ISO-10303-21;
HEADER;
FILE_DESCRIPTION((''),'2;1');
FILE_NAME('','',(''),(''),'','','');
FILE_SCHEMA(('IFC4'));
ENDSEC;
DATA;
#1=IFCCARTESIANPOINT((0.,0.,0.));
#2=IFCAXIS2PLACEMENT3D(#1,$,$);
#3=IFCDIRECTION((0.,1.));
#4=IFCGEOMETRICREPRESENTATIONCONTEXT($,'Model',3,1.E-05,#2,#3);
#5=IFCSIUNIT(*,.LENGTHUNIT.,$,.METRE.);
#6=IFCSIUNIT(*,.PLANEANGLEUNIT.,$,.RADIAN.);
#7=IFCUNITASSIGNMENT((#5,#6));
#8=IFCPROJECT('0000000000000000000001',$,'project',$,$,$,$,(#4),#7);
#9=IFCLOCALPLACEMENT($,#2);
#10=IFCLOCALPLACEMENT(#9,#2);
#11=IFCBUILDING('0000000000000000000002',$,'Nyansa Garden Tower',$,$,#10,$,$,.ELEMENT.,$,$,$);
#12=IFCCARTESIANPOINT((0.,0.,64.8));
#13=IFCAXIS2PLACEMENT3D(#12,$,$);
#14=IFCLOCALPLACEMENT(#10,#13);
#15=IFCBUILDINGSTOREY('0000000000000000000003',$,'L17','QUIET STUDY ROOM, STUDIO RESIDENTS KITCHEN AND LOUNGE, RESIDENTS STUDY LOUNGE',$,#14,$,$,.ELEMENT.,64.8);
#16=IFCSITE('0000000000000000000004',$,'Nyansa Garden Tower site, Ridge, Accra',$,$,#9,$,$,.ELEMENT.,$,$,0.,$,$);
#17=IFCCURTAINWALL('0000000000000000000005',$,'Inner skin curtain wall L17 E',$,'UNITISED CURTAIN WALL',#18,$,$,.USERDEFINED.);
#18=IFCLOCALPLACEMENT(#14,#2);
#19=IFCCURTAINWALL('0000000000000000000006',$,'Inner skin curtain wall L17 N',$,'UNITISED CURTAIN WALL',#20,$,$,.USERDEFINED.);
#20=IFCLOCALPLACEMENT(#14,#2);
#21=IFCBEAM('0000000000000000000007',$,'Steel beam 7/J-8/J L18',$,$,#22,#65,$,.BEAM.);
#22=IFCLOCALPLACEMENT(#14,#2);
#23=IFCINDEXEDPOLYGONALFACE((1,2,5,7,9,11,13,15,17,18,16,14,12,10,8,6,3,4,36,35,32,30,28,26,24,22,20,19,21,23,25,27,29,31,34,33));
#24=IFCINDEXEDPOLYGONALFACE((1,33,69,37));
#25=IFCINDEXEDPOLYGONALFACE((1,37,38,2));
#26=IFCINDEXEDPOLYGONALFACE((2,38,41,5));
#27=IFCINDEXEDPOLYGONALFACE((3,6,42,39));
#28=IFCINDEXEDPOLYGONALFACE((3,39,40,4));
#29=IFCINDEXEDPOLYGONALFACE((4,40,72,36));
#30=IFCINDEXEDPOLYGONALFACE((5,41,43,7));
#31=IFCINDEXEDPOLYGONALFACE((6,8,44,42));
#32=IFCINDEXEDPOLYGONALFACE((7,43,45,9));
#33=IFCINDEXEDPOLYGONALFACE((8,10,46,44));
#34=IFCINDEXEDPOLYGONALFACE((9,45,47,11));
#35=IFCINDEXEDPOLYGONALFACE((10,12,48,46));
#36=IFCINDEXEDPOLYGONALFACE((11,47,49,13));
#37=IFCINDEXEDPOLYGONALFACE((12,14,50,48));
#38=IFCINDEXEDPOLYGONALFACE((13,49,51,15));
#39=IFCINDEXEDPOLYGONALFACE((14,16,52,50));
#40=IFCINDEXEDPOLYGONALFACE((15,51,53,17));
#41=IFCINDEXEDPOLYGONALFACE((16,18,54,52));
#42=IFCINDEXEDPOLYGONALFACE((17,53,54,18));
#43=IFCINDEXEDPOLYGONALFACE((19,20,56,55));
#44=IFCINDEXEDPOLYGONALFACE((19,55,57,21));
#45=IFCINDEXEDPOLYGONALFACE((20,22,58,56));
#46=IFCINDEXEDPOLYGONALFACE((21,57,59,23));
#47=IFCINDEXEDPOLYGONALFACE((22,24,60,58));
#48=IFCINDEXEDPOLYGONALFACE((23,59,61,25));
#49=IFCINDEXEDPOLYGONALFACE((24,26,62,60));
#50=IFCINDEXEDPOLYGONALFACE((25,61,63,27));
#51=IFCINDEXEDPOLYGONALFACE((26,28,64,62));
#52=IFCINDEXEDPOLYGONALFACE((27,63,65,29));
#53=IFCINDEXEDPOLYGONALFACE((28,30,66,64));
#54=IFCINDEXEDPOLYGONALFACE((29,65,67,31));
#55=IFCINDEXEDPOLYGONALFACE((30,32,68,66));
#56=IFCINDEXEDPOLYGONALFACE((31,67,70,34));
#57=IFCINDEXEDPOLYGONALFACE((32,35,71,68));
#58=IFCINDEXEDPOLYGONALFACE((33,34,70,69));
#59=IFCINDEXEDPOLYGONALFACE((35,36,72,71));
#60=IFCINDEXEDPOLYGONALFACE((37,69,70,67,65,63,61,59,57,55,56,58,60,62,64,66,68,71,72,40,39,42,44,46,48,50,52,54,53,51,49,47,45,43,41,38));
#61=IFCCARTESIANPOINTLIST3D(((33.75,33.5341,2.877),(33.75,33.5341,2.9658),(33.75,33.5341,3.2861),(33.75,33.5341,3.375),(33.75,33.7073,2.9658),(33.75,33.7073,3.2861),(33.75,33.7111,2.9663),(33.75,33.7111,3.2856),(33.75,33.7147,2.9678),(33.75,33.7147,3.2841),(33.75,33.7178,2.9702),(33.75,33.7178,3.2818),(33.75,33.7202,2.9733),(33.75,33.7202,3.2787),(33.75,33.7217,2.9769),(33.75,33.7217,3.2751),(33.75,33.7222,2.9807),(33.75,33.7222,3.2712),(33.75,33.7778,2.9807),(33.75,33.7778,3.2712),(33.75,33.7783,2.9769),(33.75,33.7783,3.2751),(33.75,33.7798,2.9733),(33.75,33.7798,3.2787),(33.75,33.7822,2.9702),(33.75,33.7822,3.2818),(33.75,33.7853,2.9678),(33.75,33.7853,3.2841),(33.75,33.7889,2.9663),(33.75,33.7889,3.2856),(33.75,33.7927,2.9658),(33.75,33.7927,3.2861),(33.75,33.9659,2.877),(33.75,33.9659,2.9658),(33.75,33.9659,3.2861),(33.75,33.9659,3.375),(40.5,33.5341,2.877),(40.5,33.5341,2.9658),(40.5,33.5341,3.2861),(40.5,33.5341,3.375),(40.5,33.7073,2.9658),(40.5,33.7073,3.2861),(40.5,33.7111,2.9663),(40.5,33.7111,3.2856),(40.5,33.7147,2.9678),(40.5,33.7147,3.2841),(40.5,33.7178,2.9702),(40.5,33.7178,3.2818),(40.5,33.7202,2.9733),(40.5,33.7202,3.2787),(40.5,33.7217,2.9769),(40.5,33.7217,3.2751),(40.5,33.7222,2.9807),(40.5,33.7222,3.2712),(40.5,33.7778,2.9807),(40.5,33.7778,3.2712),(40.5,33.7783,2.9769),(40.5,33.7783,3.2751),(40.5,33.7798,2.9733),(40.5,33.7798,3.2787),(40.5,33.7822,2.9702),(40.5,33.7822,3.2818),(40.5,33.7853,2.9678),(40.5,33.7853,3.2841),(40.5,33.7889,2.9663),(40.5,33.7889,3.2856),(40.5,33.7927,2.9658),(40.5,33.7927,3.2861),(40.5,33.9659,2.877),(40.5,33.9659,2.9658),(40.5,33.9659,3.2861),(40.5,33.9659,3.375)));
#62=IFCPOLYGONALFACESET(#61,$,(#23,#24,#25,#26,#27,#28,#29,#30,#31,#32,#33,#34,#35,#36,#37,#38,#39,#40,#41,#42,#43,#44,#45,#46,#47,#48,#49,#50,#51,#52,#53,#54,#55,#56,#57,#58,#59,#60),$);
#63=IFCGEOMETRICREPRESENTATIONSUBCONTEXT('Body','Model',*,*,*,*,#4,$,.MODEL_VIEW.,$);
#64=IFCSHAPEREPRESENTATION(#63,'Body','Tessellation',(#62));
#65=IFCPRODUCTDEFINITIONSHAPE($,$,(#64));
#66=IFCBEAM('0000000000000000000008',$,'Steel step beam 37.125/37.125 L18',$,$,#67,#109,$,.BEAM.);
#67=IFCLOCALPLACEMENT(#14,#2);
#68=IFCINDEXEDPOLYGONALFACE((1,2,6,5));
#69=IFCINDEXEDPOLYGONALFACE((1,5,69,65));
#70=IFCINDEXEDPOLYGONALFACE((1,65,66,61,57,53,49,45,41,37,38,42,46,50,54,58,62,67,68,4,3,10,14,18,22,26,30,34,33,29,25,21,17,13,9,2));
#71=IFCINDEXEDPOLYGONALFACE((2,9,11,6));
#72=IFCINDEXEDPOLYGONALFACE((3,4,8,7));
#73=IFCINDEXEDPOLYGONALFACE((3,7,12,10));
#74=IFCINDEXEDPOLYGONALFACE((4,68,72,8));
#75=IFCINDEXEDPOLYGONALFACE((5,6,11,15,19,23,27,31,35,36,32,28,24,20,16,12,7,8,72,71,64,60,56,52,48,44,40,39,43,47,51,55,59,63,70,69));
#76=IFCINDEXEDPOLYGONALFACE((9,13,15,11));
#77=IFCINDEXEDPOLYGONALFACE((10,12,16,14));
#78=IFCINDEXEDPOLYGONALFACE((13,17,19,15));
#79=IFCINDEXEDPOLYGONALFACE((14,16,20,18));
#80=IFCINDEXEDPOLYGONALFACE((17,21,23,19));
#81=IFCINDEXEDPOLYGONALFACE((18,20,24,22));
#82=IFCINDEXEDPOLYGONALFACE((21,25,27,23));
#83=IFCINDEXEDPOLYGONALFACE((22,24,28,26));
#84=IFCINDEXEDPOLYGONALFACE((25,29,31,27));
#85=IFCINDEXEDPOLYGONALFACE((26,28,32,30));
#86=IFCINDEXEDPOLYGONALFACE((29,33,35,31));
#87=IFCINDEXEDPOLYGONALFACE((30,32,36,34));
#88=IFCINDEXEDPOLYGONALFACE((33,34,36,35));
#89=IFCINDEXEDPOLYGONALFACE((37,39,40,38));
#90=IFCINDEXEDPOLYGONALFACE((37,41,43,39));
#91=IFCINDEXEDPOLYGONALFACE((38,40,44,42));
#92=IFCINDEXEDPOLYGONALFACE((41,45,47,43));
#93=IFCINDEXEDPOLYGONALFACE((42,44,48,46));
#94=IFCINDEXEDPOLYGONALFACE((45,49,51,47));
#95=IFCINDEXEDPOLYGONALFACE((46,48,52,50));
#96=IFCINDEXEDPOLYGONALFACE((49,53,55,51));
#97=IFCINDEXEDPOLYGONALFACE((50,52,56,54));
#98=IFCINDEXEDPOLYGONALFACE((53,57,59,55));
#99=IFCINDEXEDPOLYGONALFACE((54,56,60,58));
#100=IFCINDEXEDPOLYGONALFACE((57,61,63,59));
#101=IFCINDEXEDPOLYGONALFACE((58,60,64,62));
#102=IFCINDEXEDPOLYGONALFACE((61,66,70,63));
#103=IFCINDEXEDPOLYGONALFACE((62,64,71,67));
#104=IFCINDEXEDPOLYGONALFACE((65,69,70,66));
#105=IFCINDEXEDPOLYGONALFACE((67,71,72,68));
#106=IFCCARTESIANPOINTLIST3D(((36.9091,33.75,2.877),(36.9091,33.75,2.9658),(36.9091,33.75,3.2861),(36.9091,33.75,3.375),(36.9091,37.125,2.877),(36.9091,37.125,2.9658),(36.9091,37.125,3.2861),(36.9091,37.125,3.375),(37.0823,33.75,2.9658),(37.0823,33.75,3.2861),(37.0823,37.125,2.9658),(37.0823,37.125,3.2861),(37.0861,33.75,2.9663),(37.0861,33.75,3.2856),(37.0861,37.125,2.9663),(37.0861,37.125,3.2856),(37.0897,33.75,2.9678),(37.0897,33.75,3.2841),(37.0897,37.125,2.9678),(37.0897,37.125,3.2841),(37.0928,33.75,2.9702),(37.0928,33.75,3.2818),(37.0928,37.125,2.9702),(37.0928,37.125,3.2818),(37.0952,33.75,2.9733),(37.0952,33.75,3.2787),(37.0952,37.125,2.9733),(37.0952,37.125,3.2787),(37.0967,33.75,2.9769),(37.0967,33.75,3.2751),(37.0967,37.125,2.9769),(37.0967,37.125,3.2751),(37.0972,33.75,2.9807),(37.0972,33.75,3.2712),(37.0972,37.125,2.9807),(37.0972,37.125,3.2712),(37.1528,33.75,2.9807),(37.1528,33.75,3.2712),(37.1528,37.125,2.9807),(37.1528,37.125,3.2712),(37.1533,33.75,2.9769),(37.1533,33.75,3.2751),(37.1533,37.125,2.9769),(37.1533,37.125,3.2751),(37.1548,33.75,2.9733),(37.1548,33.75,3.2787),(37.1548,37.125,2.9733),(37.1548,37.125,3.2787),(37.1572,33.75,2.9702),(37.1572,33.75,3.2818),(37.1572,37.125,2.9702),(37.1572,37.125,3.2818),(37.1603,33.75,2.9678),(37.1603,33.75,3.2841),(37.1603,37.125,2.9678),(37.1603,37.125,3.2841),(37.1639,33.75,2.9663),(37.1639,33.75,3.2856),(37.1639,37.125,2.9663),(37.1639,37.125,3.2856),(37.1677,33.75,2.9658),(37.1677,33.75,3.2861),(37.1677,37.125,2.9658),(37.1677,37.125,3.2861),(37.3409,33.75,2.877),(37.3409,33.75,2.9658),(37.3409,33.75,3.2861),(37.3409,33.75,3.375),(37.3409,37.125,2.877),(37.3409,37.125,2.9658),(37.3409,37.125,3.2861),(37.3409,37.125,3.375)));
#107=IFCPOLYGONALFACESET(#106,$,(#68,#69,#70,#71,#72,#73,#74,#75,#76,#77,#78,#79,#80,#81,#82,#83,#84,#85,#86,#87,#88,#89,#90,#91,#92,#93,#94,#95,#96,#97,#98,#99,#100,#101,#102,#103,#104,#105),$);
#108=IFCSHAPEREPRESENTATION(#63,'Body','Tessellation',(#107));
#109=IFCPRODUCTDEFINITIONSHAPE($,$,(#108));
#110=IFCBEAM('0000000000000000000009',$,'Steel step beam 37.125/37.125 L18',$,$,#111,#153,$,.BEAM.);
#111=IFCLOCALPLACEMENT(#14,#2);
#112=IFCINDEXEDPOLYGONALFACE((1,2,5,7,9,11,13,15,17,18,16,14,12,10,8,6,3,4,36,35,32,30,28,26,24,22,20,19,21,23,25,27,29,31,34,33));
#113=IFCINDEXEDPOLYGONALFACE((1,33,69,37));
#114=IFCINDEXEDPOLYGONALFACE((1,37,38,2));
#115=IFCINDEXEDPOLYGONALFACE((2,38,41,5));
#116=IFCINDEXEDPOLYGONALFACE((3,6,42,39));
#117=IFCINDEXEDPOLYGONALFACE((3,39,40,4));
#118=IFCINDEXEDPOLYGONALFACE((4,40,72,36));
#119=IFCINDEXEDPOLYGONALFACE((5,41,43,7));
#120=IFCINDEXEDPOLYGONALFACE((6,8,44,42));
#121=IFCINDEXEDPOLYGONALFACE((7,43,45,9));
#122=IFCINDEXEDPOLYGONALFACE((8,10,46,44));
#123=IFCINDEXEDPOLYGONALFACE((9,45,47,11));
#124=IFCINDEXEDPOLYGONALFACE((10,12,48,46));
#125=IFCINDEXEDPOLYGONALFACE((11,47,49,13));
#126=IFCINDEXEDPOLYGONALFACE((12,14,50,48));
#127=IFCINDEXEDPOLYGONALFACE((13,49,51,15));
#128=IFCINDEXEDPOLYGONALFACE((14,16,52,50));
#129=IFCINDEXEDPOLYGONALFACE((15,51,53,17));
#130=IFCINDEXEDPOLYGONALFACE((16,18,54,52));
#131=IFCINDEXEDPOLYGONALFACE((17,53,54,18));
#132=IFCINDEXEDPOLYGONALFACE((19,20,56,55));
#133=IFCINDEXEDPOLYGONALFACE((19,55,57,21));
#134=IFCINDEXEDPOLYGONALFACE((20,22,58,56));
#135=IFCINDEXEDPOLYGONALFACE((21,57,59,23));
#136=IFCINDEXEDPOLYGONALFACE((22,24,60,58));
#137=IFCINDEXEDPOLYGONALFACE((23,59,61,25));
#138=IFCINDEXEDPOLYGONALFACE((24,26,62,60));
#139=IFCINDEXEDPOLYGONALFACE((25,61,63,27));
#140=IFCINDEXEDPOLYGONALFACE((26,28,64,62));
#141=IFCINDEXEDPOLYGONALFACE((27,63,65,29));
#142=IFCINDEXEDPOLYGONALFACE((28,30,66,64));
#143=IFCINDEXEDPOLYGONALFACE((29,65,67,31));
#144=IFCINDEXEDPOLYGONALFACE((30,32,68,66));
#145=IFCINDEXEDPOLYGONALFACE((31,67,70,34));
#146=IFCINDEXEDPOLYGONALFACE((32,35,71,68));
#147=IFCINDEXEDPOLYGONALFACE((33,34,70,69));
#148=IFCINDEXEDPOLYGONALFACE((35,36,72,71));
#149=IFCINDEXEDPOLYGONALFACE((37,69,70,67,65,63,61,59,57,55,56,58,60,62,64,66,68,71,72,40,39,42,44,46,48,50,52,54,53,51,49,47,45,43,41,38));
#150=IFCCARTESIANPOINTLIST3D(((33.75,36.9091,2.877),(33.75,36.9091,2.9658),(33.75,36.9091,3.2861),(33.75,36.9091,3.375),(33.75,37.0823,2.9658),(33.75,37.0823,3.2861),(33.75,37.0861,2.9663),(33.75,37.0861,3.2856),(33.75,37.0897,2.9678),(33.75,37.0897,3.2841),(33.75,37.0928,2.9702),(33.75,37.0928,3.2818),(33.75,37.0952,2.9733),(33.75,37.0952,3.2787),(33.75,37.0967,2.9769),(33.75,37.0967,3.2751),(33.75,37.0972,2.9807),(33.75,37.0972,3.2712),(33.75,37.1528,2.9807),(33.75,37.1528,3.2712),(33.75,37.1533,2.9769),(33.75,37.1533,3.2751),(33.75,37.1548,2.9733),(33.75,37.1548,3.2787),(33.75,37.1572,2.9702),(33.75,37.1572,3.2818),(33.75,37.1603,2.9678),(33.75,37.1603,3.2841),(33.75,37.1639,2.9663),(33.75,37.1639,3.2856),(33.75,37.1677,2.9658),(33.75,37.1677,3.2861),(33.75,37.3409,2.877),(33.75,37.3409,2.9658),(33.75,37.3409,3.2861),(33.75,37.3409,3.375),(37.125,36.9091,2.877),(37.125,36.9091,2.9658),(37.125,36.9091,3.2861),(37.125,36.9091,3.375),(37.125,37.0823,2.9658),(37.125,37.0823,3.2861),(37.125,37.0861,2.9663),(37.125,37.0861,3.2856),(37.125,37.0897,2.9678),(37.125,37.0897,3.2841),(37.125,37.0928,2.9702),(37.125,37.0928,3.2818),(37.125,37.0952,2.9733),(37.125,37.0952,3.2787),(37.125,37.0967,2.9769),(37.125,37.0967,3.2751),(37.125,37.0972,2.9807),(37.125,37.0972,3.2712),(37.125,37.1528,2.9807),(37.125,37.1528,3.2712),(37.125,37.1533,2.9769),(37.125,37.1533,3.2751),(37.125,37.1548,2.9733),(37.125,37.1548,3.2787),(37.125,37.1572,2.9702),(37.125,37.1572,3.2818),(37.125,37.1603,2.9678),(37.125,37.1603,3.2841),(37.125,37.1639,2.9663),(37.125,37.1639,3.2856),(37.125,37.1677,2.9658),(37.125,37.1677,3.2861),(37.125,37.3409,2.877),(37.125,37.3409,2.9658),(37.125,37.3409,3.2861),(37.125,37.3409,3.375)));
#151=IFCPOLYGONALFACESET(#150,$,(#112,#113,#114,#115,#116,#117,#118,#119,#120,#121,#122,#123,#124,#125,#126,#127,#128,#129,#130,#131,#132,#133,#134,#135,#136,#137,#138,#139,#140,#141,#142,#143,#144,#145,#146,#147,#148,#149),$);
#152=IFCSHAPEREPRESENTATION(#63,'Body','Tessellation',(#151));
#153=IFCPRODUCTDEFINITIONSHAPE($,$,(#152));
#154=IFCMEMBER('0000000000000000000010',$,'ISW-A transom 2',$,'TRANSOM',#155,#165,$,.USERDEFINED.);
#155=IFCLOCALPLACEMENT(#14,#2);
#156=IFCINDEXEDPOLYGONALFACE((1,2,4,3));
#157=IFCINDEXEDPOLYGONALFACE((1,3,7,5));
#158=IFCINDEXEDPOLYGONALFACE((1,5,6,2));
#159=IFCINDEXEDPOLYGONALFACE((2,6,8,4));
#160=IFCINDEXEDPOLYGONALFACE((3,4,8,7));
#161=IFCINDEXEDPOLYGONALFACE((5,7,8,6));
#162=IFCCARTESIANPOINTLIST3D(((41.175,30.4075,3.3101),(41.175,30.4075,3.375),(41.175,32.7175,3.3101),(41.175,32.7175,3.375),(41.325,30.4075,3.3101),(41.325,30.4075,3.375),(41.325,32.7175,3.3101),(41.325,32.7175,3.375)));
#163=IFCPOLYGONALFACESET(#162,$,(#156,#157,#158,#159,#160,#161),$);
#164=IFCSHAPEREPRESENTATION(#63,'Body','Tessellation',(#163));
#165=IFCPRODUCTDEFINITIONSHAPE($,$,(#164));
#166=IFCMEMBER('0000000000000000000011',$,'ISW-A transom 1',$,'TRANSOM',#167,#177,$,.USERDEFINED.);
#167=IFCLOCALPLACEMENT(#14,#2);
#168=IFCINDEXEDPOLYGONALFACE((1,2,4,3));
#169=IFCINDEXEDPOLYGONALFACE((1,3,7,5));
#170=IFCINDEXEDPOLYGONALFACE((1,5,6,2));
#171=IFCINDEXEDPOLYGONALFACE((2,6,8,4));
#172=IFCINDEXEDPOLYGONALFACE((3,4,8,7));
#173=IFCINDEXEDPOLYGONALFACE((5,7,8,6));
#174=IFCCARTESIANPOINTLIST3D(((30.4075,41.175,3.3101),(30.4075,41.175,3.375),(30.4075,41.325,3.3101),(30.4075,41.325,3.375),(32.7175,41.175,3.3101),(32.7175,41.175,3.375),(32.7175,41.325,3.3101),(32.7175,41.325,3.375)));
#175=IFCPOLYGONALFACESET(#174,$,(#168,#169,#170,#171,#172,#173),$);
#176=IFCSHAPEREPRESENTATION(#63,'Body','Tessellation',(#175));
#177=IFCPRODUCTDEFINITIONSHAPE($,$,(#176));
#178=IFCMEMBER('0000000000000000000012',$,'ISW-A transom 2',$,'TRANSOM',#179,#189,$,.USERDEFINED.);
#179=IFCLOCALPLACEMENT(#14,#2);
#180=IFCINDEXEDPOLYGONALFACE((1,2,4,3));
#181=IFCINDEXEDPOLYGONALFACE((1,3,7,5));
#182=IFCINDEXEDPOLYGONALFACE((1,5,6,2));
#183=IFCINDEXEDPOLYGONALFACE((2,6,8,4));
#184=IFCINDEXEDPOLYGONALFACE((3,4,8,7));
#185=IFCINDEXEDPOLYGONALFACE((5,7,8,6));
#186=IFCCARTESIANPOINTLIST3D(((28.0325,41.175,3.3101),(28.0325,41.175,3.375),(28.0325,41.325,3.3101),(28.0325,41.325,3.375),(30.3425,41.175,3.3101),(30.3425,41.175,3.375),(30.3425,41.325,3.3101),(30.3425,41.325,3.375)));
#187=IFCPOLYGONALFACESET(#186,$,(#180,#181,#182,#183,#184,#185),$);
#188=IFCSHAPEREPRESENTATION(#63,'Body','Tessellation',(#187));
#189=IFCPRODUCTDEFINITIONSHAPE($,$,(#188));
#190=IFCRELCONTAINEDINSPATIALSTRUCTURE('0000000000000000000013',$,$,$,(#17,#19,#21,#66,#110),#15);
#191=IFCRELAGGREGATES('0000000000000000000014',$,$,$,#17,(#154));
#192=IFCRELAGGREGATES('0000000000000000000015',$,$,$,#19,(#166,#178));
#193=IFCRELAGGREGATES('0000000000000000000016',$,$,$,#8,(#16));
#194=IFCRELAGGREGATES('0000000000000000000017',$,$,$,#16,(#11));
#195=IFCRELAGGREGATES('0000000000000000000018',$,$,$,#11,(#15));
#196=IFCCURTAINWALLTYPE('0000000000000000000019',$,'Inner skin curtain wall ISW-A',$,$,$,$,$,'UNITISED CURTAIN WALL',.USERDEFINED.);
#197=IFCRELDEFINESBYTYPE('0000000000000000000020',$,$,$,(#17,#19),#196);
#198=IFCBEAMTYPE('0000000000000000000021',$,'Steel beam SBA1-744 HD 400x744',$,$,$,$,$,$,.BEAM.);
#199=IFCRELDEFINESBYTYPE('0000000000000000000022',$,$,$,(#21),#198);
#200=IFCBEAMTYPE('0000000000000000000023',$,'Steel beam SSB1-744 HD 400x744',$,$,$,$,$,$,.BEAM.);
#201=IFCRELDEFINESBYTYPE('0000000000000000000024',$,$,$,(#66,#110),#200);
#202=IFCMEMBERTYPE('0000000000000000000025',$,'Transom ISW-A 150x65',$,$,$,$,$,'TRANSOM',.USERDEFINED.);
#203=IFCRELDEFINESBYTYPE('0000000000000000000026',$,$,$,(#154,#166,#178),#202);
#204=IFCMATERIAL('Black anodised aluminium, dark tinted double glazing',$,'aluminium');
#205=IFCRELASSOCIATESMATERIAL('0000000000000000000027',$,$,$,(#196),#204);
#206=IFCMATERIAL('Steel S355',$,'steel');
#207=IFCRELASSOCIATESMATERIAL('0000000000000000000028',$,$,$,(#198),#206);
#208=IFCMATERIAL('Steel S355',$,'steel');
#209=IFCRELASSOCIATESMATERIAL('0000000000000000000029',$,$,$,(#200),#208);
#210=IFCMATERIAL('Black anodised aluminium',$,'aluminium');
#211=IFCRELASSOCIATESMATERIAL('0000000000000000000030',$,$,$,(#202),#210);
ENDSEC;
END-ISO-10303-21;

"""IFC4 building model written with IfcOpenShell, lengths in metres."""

from ifc_helpers import new_model, si_unit, direction, frame, origin, origin_2d, place, context, subcontext, project, spatial, rectangle, i_section, extrude, material, material_profile, profile_set, type_object, element, aggregate, save


model = new_model("IFC4")

# Units and contexts
model_context = context("Model", 3, precision=1e-05, world=origin(), true_north=direction((0.0, 1.0)))
body_context = subcontext(model_context, "Body", "Model", "MODEL_VIEW")
ifc_project = project(units=[si_unit("LENGTHUNIT", "METRE"), si_unit("PLANEANGLEUNIT", "RADIAN")], contexts=[model_context])

# Site, building, storey
site_placement = place(None, origin())
site = spatial("IfcSite", under=ifc_project, at=site_placement, Name="Nyansa Garden Tower site, Ridge, Accra", CompositionType="ELEMENT", RefElevation=0.0)
building_placement = place(site_placement, origin())
building = spatial("IfcBuilding", under=site, at=building_placement, Name="Nyansa Garden Tower", CompositionType="ELEMENT")
storey_placement = place(building_placement, frame((0.0, 0.0, 64.8)))
storey = spatial("IfcBuildingStorey", under=building, at=storey_placement, Name="L17", Description="QUIET STUDY ROOM, STUDIO RESIDENTS KITCHEN AND LOUNGE, RESIDENTS STUDY LOUNGE", CompositionType="ELEMENT", Elevation=64.8)

# Curtain walls
ifc_material_1 = material(Name="Black anodised aluminium, dark tinted double glazing", Category="aluminium")
curtain_wall_type = type_object("IfcCurtainWallType", Name="Inner skin curtain wall ISW-A", ElementType="UNITISED CURTAIN WALL", PredefinedType="USERDEFINED", material=ifc_material_1)
curtain_wall_1_placement = place(storey_placement, origin())
curtain_wall_1 = element("IfcCurtainWall", 1, at=curtain_wall_1_placement, inside=storey, type_object=curtain_wall_type, Name="Inner skin curtain wall L17 E", ObjectType="UNITISED CURTAIN WALL", PredefinedType="USERDEFINED")
curtain_wall_2_placement = place(storey_placement, origin())
curtain_wall_2 = element("IfcCurtainWall", 2, at=curtain_wall_2_placement, inside=storey, type_object=curtain_wall_type, Name="Inner skin curtain wall L17 N", ObjectType="UNITISED CURTAIN WALL", PredefinedType="USERDEFINED")

# Beams
ifc_material_2 = material(Name="Steel S355", Category="steel")
ifc_material_profile_1 = material_profile(ifc_material_2, i_section(OverallWidth=0.4319, OverallDepth=0.498, WebThickness=0.0557, FlangeThickness=0.0889, FilletRadius=0.0149, at=origin_2d()), Name="HD 400x744")
ifc_profile_set_1 = profile_set([ifc_material_profile_1], Name="Steel S355")
beam_type_1 = type_object("IfcBeamType", Name="Steel beam SBA1-744 HD 400x744", PredefinedType="BEAM", material=ifc_profile_set_1)
for number, where, z_axis, x_axis, name in (
    (3, (33.75, 33.75, 3.126), (1.0, 0.0, 0.0), (0.0, 1.0, 0.0), "Steel beam 7/J-8/J L18"),
):
    element("IfcBeam", number, at=place(storey_placement, frame(where, z_axis=z_axis, x_axis=x_axis)), inside=storey, type_object=beam_type_1, Name=name, PredefinedType="BEAM", context=body_context, shape_type="SweptSolid", body=[
        extrude(i_section(OverallWidth=0.4319, OverallDepth=0.498, WebThickness=0.0557, FlangeThickness=0.0889, FilletRadius=0.0149, at=origin_2d()), origin(), (0.0, 0.0, 1.0), 6.75),
    ])
ifc_material_3 = material(Name="Steel S355", Category="steel")
ifc_material_profile_2 = material_profile(ifc_material_3, i_section(OverallWidth=0.4319, OverallDepth=0.498, WebThickness=0.0557, FlangeThickness=0.0889, FilletRadius=0.0149, at=origin_2d()), Name="HD 400x744")
ifc_profile_set_2 = profile_set([ifc_material_profile_2], Name="Steel S355")
beam_type_2 = type_object("IfcBeamType", Name="Steel beam SSB1-744 HD 400x744", PredefinedType="BEAM", material=ifc_profile_set_2)
for number, where, z_axis, x_axis, name in (
    (4, (37.125, 37.125, 3.126), (0.0, -1.0, 0.0), (1.0, 0.0, 0.0), "Steel step beam 37.125/37.125 L18"),
    (5, (37.125, 37.125, 3.126), (-1.0, 0.0, 0.0), (0.0, -1.0, 0.0), "Steel step beam 37.125/37.125 L18"),
):
    element("IfcBeam", number, at=place(storey_placement, frame(where, z_axis=z_axis, x_axis=x_axis)), inside=storey, type_object=beam_type_2, Name=name, PredefinedType="BEAM", context=body_context, shape_type="SweptSolid", body=[
        extrude(i_section(OverallWidth=0.4319, OverallDepth=0.498, WebThickness=0.0557, FlangeThickness=0.0889, FilletRadius=0.0149, at=origin_2d()), origin(), (0.0, 0.0, 1.0), 3.375),
    ])

# Members
ifc_material_4 = material(Name="Black anodised aluminium", Category="aluminium")
ifc_material_profile_3 = material_profile(ifc_material_4, rectangle(XDim=0.1499, YDim=0.0649, at=origin_2d()), Name="Transom 150x65")
ifc_profile_set_3 = profile_set([ifc_material_profile_3], Name="Black anodised aluminium")
member_type_1 = type_object("IfcMemberType", Name="Transom ISW-A 150x65", ElementType="TRANSOM", PredefinedType="USERDEFINED", material=ifc_profile_set_3)
member_1_placement = place(storey_placement, frame((41.25, 30.4075, 3.3425), z_axis=(0.0, 1.0, 0.0), x_axis=(-1.0, 0.0, 0.0)))
member_1 = element("IfcMember", 6, at=member_1_placement, type_object=member_type_1, Name="ISW-A transom 2", ObjectType="TRANSOM", PredefinedType="USERDEFINED", context=body_context, shape_type="SweptSolid", body=[
    extrude(rectangle(XDim=0.1499, YDim=0.0649, at=origin_2d()), origin(), (0.0, 0.0, 1.0), 2.3101),
])
member_2_placement = place(storey_placement, frame((32.7175, 41.25, 3.3425), z_axis=(-1.0, 0.0, 0.0), x_axis=(0.0, -1.0, 0.0)))
member_2 = element("IfcMember", 7, at=member_2_placement, type_object=member_type_1, Name="ISW-A transom 1", ObjectType="TRANSOM", PredefinedType="USERDEFINED", context=body_context, shape_type="SweptSolid", body=[
    extrude(rectangle(XDim=0.1499, YDim=0.0649, at=origin_2d()), origin(), (0.0, 0.0, 1.0), 2.3101),
])
member_3_placement = place(storey_placement, frame((30.3425, 41.25, 3.3425), z_axis=(-1.0, 0.0, 0.0), x_axis=(0.0, -1.0, 0.0)))
member_3 = element("IfcMember", 8, at=member_3_placement, type_object=member_type_1, Name="ISW-A transom 2", ObjectType="TRANSOM", PredefinedType="USERDEFINED", context=body_context, shape_type="SweptSolid", body=[
    extrude(rectangle(XDim=0.1499, YDim=0.0649, at=origin_2d()), origin(), (0.0, 0.0, 1.0), 2.3101),
])

aggregate(curtain_wall_1, [member_1])
aggregate(curtain_wall_2, [member_2, member_3])

save(model, "model.ifc")
